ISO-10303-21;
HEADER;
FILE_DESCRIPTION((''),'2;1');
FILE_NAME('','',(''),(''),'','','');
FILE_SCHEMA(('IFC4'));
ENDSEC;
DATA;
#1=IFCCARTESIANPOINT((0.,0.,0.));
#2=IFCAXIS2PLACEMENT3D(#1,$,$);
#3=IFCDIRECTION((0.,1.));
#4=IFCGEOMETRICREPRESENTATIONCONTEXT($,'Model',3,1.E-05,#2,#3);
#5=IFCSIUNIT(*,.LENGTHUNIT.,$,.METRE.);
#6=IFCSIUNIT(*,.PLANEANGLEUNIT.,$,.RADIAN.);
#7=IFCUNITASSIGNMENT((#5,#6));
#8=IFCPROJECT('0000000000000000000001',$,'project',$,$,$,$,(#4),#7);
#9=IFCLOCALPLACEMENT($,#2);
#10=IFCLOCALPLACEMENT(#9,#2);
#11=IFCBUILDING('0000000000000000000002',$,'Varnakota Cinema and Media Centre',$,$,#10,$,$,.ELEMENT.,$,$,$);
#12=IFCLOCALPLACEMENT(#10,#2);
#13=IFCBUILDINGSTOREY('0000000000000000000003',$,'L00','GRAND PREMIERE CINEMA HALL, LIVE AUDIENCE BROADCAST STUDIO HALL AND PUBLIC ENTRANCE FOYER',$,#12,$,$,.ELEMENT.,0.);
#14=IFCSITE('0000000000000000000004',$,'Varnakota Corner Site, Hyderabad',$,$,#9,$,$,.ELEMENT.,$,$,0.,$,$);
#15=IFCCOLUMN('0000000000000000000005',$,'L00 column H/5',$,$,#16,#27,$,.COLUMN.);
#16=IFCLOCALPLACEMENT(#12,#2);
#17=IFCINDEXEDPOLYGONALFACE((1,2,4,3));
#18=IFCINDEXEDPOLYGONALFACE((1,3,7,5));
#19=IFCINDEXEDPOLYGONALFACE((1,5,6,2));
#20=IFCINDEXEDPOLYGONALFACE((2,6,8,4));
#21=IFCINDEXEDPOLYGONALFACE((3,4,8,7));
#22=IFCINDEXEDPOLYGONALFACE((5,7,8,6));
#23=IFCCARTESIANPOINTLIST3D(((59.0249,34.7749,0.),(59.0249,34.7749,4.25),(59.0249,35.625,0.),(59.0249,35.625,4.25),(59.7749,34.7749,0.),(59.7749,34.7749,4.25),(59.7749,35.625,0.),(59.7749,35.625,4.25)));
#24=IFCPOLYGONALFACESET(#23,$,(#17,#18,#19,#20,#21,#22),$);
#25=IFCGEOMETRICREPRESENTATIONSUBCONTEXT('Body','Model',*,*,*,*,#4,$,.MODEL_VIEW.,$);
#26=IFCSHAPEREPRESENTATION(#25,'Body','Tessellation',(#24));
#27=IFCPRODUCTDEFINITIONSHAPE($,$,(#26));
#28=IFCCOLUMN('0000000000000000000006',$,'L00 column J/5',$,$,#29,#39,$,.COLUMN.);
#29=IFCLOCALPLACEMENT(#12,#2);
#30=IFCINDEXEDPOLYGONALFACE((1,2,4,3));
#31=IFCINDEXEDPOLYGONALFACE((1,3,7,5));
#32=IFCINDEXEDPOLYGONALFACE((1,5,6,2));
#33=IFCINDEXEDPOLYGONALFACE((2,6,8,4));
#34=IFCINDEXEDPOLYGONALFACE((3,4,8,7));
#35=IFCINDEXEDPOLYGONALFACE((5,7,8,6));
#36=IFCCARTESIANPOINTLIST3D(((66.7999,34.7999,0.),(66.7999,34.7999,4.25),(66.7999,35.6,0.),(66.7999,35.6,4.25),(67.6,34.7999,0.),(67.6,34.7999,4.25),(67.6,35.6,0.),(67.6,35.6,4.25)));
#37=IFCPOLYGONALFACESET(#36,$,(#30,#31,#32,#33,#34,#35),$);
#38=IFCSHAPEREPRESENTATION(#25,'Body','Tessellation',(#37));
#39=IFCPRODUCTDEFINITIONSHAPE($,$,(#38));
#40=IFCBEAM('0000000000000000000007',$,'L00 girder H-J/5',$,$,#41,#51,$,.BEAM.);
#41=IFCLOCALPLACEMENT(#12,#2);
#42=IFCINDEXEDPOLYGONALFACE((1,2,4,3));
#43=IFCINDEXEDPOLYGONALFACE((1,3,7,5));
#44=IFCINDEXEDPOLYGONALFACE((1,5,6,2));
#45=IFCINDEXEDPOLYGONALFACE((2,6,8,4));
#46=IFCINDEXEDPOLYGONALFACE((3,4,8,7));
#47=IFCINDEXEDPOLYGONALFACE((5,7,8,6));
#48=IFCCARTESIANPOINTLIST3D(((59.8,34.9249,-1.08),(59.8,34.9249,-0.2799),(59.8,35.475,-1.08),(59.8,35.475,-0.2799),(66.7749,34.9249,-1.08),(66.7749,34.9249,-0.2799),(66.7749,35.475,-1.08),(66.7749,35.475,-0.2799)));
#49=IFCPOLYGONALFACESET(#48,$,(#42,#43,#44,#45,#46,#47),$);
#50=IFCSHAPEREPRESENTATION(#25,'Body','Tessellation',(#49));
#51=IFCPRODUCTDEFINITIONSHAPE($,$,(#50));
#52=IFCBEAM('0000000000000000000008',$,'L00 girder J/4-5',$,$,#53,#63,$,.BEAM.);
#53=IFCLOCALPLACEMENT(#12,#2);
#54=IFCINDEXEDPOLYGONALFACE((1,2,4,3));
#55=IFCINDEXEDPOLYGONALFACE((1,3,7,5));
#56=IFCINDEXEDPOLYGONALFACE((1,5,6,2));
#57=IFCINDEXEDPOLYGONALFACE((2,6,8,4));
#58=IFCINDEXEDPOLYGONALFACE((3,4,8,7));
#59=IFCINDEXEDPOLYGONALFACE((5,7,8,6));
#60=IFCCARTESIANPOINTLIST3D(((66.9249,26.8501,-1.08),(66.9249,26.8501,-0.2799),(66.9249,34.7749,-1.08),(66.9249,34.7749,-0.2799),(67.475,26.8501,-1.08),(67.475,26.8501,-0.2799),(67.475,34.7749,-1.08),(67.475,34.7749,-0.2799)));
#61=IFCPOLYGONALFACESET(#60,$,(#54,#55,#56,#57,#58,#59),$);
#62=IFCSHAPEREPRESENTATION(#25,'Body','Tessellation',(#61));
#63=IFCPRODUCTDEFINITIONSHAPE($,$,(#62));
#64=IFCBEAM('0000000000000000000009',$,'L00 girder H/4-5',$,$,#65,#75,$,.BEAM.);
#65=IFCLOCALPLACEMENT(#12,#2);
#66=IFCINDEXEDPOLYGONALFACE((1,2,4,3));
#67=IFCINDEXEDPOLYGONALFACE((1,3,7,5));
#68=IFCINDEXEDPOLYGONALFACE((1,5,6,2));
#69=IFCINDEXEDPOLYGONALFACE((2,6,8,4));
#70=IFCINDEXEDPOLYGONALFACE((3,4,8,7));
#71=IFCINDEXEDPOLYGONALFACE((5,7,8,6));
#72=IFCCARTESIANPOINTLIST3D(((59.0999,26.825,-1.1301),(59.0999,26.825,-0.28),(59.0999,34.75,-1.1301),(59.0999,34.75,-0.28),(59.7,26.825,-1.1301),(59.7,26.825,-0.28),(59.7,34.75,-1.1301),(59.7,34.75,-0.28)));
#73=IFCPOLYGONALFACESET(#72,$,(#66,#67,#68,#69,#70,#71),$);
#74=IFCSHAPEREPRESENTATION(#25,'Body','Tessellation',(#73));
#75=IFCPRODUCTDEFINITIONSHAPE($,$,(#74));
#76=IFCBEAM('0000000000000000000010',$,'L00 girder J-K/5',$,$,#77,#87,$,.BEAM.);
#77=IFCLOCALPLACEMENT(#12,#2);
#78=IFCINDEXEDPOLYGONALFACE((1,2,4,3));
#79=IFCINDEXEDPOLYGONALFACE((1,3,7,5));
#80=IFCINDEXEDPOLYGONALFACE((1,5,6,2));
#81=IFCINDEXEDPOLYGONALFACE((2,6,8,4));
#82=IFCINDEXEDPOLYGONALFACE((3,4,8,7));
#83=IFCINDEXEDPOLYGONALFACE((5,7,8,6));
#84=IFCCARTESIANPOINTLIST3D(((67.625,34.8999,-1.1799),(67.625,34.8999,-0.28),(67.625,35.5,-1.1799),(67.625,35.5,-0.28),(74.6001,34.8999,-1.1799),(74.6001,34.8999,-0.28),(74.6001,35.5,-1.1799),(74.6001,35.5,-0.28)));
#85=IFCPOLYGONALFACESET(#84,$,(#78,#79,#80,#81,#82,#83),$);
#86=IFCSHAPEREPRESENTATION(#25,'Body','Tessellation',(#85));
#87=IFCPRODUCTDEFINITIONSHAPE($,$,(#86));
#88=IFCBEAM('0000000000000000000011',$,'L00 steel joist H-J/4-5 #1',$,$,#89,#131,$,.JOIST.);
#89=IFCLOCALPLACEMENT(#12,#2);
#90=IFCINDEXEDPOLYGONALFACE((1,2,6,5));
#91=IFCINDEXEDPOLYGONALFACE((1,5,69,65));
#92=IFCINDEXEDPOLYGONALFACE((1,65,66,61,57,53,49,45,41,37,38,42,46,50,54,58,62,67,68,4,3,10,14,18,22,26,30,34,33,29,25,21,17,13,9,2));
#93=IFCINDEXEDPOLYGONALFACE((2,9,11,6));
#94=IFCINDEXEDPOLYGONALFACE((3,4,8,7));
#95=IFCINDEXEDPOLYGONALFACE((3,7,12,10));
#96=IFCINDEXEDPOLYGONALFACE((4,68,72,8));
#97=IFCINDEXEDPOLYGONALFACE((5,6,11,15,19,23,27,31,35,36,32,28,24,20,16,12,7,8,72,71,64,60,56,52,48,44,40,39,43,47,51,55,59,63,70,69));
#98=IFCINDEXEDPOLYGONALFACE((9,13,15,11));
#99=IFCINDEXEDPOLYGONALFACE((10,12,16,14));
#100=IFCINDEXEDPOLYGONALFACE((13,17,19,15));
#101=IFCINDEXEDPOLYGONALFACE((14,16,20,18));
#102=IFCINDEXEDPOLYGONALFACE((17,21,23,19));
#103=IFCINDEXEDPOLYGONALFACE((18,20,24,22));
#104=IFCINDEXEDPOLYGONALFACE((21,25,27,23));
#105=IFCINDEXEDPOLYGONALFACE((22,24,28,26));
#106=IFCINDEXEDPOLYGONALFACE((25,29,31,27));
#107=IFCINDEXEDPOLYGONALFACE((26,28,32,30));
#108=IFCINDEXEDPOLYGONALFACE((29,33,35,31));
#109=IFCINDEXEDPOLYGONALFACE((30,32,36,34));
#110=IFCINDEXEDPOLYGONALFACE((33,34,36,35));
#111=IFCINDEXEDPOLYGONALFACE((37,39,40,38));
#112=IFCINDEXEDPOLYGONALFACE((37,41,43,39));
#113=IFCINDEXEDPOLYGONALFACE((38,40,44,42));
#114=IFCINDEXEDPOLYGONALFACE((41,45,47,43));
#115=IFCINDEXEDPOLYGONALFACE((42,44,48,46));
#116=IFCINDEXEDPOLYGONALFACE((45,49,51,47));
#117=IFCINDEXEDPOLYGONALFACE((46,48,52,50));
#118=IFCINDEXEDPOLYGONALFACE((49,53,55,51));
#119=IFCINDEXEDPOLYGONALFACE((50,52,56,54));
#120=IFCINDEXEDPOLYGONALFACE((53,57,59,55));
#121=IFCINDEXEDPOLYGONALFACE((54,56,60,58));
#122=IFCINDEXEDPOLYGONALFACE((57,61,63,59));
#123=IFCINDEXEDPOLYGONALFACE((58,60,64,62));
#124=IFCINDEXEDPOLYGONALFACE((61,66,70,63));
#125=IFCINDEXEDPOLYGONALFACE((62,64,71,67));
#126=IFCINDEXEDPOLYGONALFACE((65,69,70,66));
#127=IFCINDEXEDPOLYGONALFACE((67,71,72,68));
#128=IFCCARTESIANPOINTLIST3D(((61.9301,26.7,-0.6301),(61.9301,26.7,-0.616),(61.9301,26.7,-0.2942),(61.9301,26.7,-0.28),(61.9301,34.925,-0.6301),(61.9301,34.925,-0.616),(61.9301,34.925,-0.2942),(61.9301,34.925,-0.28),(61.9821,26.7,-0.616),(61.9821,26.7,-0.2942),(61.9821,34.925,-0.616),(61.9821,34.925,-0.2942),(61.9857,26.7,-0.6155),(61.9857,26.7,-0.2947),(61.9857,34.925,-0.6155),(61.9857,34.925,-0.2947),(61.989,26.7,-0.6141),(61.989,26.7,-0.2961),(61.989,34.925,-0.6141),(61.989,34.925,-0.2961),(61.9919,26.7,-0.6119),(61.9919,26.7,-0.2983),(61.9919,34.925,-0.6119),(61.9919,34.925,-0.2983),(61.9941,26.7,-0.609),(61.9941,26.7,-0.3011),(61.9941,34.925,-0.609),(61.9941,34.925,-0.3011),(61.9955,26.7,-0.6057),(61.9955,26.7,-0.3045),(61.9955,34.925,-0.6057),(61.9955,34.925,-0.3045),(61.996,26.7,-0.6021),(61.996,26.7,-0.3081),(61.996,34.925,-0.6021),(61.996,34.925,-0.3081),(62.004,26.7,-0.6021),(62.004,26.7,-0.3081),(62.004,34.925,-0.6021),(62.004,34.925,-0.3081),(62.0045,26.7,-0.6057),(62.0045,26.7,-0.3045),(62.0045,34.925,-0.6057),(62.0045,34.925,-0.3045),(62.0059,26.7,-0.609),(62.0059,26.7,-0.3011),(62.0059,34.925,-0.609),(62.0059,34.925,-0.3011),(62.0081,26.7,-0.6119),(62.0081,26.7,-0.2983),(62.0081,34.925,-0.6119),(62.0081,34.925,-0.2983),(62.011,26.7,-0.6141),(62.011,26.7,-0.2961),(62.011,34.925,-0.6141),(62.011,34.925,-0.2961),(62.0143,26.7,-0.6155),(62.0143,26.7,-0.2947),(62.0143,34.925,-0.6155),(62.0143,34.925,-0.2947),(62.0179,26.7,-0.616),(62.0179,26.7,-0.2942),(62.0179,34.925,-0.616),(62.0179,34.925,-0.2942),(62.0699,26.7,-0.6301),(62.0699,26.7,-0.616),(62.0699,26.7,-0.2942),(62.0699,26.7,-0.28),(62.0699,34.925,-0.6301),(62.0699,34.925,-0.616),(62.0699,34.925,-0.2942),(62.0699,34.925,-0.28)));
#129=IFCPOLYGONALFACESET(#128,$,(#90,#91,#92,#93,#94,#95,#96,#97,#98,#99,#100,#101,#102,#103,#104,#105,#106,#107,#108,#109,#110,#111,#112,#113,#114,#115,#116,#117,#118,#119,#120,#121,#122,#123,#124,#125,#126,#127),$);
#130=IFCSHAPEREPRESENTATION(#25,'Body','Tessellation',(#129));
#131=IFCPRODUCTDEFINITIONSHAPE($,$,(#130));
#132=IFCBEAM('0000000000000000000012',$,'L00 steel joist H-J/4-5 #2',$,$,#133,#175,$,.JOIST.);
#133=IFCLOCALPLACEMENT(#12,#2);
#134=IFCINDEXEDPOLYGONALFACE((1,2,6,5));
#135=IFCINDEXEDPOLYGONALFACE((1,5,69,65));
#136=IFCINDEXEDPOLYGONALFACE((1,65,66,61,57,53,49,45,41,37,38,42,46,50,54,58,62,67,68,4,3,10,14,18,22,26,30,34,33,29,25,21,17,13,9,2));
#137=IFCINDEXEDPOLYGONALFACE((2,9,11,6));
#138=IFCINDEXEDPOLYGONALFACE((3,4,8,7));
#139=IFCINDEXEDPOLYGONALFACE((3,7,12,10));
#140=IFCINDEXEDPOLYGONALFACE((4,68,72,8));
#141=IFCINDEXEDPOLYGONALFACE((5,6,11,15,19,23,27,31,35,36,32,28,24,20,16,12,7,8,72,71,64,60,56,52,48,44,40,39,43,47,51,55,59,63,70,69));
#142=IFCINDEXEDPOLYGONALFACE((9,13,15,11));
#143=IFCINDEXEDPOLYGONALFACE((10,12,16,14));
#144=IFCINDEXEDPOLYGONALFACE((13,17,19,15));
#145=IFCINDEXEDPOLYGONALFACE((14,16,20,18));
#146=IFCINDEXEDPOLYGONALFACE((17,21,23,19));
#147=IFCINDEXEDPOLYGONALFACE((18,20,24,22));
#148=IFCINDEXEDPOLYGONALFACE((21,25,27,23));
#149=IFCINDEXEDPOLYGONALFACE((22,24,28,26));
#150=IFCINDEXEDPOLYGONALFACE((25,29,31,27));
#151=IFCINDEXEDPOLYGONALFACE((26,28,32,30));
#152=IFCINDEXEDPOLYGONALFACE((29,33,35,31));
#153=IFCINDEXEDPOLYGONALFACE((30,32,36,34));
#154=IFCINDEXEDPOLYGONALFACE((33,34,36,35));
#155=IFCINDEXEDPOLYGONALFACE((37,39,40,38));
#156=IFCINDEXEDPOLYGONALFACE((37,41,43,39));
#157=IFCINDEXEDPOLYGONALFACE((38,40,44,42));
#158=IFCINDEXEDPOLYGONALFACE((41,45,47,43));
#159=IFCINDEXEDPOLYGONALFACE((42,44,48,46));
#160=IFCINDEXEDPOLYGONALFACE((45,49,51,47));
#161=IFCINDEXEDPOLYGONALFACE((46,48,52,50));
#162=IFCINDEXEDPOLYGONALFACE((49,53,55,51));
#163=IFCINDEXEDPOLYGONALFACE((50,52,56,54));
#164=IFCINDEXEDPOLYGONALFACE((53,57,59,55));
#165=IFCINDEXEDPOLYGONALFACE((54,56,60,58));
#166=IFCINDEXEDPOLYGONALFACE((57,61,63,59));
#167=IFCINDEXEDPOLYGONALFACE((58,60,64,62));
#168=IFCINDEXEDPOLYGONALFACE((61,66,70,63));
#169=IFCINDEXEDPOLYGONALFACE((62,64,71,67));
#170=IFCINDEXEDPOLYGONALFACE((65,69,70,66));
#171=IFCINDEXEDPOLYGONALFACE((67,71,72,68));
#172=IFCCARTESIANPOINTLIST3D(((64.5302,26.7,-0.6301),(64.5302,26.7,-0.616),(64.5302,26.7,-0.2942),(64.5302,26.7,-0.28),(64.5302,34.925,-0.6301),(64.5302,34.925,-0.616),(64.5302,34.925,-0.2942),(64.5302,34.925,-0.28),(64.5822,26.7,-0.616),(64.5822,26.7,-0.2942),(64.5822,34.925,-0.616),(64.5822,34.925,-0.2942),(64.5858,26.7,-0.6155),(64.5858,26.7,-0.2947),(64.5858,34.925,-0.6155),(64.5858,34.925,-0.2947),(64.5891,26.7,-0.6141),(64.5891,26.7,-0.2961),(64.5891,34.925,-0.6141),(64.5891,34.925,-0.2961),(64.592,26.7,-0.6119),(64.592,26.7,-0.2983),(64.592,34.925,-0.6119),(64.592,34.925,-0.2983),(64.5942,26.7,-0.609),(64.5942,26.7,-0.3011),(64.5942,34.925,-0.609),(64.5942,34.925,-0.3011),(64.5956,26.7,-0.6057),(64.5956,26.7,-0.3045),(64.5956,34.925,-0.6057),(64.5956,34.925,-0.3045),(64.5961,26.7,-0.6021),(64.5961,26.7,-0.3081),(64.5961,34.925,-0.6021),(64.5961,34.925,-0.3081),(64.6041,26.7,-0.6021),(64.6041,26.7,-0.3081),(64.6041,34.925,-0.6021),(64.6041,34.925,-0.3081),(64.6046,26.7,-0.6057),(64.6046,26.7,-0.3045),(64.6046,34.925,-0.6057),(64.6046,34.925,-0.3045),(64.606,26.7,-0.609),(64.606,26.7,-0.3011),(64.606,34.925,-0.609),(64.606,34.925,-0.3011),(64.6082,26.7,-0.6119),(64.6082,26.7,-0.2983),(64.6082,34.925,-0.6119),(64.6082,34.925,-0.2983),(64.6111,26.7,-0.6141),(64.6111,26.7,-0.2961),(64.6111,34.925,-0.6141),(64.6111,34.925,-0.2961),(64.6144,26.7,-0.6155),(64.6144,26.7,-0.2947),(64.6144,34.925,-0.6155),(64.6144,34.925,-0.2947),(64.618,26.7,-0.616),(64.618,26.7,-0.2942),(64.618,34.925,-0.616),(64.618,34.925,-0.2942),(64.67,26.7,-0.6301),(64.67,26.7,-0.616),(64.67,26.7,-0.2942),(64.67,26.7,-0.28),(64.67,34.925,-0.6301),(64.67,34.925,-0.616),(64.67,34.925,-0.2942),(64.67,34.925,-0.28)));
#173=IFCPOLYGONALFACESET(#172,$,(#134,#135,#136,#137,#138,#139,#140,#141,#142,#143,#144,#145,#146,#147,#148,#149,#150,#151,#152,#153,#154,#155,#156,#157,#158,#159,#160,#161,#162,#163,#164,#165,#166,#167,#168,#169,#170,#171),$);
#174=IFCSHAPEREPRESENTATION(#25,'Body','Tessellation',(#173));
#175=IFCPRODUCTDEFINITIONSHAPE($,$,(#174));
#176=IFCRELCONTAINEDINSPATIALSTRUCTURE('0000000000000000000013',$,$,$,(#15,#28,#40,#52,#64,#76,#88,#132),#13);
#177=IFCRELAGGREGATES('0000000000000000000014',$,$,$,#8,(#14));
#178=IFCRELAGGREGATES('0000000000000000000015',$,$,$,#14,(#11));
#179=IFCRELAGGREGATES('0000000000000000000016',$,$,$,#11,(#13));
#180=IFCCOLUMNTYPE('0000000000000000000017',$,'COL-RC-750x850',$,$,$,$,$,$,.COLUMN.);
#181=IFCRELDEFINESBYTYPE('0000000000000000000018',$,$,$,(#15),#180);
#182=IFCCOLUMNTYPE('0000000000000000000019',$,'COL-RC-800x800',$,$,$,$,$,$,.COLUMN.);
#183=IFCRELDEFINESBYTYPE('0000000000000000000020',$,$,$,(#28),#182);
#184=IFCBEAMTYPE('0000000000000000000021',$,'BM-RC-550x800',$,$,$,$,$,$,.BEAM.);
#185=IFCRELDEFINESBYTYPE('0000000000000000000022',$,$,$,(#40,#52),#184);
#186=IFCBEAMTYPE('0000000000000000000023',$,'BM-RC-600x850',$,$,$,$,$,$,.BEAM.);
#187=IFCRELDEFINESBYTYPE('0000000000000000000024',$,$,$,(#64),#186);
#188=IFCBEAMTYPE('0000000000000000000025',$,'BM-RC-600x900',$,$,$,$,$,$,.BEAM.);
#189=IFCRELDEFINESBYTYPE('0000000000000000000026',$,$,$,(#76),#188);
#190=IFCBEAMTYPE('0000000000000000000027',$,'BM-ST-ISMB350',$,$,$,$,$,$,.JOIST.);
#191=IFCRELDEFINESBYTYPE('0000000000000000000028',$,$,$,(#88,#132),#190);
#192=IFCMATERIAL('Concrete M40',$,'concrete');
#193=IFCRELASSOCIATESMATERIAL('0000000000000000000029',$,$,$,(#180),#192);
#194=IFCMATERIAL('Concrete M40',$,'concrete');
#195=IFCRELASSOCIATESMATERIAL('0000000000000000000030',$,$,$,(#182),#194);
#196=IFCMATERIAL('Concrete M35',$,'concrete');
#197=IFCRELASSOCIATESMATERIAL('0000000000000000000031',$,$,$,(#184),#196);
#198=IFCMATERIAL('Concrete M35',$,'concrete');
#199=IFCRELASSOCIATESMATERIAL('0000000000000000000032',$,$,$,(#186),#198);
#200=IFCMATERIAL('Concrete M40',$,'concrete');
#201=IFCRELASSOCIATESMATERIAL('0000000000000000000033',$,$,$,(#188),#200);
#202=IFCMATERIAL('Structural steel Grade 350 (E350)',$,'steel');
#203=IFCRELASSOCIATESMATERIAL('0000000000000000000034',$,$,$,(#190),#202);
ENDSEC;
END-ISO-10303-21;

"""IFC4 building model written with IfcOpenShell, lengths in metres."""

from ifc_helpers import new_model, si_unit, direction, frame, origin, origin_2d, place, context, subcontext, project, spatial, rectangle, i_section, extrude, material, material_profile, profile_set, type_object, element, save


model = new_model("IFC4")

# Units and contexts
model_context = context("Model", 3, precision=1e-05, world=origin(), true_north=direction((0.0, 1.0)))
body_context = subcontext(model_context, "Body", "Model", "MODEL_VIEW")
ifc_project = project(units=[si_unit("LENGTHUNIT", "METRE"), si_unit("PLANEANGLEUNIT", "RADIAN")], contexts=[model_context])

# Site, building, storey
site_placement = place(None, origin())
site = spatial("IfcSite", under=ifc_project, at=site_placement, Name="Varnakota Corner Site, Hyderabad", CompositionType="ELEMENT", RefElevation=0.0)
building_placement = place(site_placement, origin())
building = spatial("IfcBuilding", under=site, at=building_placement, Name="Varnakota Cinema and Media Centre", CompositionType="ELEMENT")
storey_placement = place(building_placement, origin())
storey = spatial("IfcBuildingStorey", under=building, at=storey_placement, Name="L00", Description="GRAND PREMIERE CINEMA HALL, LIVE AUDIENCE BROADCAST STUDIO HALL AND PUBLIC ENTRANCE FOYER", CompositionType="ELEMENT", Elevation=0.0)

# Columns
ifc_material_1 = material(Name="Concrete M40", Category="concrete")
ifc_material_profile_1 = material_profile(ifc_material_1, rectangle(XDim=0.75, YDim=0.8501, at=origin_2d()), Name="RC 750x850")
ifc_profile_set_1 = profile_set([ifc_material_profile_1], Name="Concrete M40")
column_type_1 = type_object("IfcColumnType", Name="COL-RC-750x850", PredefinedType="COLUMN", material=ifc_profile_set_1)
column_1_placement = place(storey_placement, frame((59.3999, 35.2, 0.0), z_axis=(0.0, 0.0, 1.0), x_axis=(1.0, 0.0, 0.0)))
element("IfcColumn", 1, at=column_1_placement, inside=storey, type_object=column_type_1, Name="L00 column H/5", PredefinedType="COLUMN", context=body_context, shape_type="SweptSolid", body=[
    extrude(rectangle(XDim=0.75, YDim=0.8501, at=origin_2d()), origin(), (0.0, 0.0, 1.0), 4.25),
])
ifc_material_2 = material(Name="Concrete M40", Category="concrete")
ifc_material_profile_2 = material_profile(ifc_material_2, rectangle(XDim=0.8, YDim=0.8, at=origin_2d()), Name="RC 800x800")
ifc_profile_set_2 = profile_set([ifc_material_profile_2], Name="Concrete M40")
column_type_2 = type_object("IfcColumnType", Name="COL-RC-800x800", PredefinedType="COLUMN", material=ifc_profile_set_2)
column_2_placement = place(storey_placement, frame((67.2, 35.2, 0.0), z_axis=(0.0, 0.0, 1.0), x_axis=(1.0, 0.0, 0.0)))
element("IfcColumn", 2, at=column_2_placement, inside=storey, type_object=column_type_2, Name="L00 column J/5", PredefinedType="COLUMN", context=body_context, shape_type="SweptSolid", body=[
    extrude(rectangle(XDim=0.8, YDim=0.8, at=origin_2d()), origin(), (0.0, 0.0, 1.0), 4.25),
])

# Beams
ifc_material_3 = material(Name="Concrete M35", Category="concrete")
ifc_material_profile_3 = material_profile(ifc_material_3, rectangle(XDim=0.55, YDim=0.8, at=origin_2d()), Name="RCB 550x800")
ifc_profile_set_3 = profile_set([ifc_material_profile_3], Name="Concrete M35")
beam_type_1 = type_object("IfcBeamType", Name="BM-RC-550x800", PredefinedType="BEAM", material=ifc_profile_set_3)
beam_1_placement = place(storey_placement, frame((59.8, 35.2, -0.6799), z_axis=(1.0, 0.0, 0.0), x_axis=(0.0, 1.0, 0.0)))
element("IfcBeam", 3, at=beam_1_placement, inside=storey, type_object=beam_type_1, Name="L00 girder H-J/5", PredefinedType="BEAM", context=body_context, shape_type="SweptSolid", body=[
    extrude(rectangle(XDim=0.55, YDim=0.8, at=origin_2d()), origin(), (0.0, 0.0, 1.0), 6.9749),
])
beam_2_placement = place(storey_placement, frame((67.2, 26.8501, -0.6799), z_axis=(0.0, 1.0, 0.0), x_axis=(-1.0, 0.0, 0.0)))
element("IfcBeam", 4, at=beam_2_placement, inside=storey, type_object=beam_type_1, Name="L00 girder J/4-5", PredefinedType="BEAM", context=body_context, shape_type="SweptSolid", body=[
    extrude(rectangle(XDim=0.55, YDim=0.8, at=origin_2d()), origin(), (0.0, 0.0, 1.0), 7.9248),
])
ifc_material_4 = material(Name="Concrete M35", Category="concrete")
ifc_material_profile_4 = material_profile(ifc_material_4, rectangle(XDim=0.6001, YDim=0.8501, at=origin_2d()), Name="RCB 600x850")
ifc_profile_set_4 = profile_set([ifc_material_profile_4], Name="Concrete M35")
beam_type_2 = type_object("IfcBeamType", Name="BM-RC-600x850", PredefinedType="BEAM", material=ifc_profile_set_4)
beam_3_placement = place(storey_placement, frame((59.3999, 26.825, -0.7051), z_axis=(0.0, 1.0, 0.0), x_axis=(-1.0, 0.0, 0.0)))
element("IfcBeam", 5, at=beam_3_placement, inside=storey, type_object=beam_type_2, Name="L00 girder H/4-5", PredefinedType="BEAM", context=body_context, shape_type="SweptSolid", body=[
    extrude(rectangle(XDim=0.6001, YDim=0.8501, at=origin_2d()), origin(), (0.0, 0.0, 1.0), 7.925),
])
ifc_material_5 = material(Name="Concrete M40", Category="concrete")
ifc_material_profile_5 = material_profile(ifc_material_5, rectangle(XDim=0.6001, YDim=0.8999, at=origin_2d()), Name="RCB 600x900")
ifc_profile_set_5 = profile_set([ifc_material_profile_5], Name="Concrete M40")
beam_type_3 = type_object("IfcBeamType", Name="BM-RC-600x900", PredefinedType="BEAM", material=ifc_profile_set_5)
beam_4_placement = place(storey_placement, frame((67.625, 35.2, -0.73), z_axis=(1.0, 0.0, 0.0), x_axis=(0.0, 1.0, 0.0)))
element("IfcBeam", 6, at=beam_4_placement, inside=storey, type_object=beam_type_3, Name="L00 girder J-K/5", PredefinedType="BEAM", context=body_context, shape_type="SweptSolid", body=[
    extrude(rectangle(XDim=0.6001, YDim=0.8999, at=origin_2d()), origin(), (0.0, 0.0, 1.0), 6.9751),
])
ifc_material_6 = material(Name="Structural steel Grade 350 (E350)", Category="steel")
ifc_material_profile_6 = material_profile(ifc_material_6, i_section(OverallWidth=0.1399, OverallDepth=0.3501, WebThickness=0.0081, FlangeThickness=0.0142, FilletRadius=0.0139, at=origin_2d()), Name="ISMB 350")
ifc_profile_set_6 = profile_set([ifc_material_profile_6], Name="Structural steel Grade 350 (E350)")
beam_type_4 = type_object("IfcBeamType", Name="BM-ST-ISMB350", PredefinedType="JOIST", material=ifc_profile_set_6)
for number, where, z_axis, x_axis, name in (
    (7, (62.0, 26.7, -0.4551), (0.0, 1.0, 0.0), (-1.0, 0.0, 0.0), "L00 steel joist H-J/4-5 #1"),
    (8, (64.6001, 26.7, -0.4551), (0.0, 1.0, 0.0), (-1.0, 0.0, 0.0), "L00 steel joist H-J/4-5 #2"),
):
    element("IfcBeam", number, at=place(storey_placement, frame(where, z_axis=z_axis, x_axis=x_axis)), inside=storey, type_object=beam_type_4, Name=name, PredefinedType="JOIST", context=body_context, shape_type="SweptSolid", body=[
        extrude(i_section(OverallWidth=0.1399, OverallDepth=0.3501, WebThickness=0.0081, FlangeThickness=0.0142, FilletRadius=0.0139, at=origin_2d()), origin(), (0.0, 0.0, 1.0), 8.2251),
    ])

save(model, "model.ifc")
